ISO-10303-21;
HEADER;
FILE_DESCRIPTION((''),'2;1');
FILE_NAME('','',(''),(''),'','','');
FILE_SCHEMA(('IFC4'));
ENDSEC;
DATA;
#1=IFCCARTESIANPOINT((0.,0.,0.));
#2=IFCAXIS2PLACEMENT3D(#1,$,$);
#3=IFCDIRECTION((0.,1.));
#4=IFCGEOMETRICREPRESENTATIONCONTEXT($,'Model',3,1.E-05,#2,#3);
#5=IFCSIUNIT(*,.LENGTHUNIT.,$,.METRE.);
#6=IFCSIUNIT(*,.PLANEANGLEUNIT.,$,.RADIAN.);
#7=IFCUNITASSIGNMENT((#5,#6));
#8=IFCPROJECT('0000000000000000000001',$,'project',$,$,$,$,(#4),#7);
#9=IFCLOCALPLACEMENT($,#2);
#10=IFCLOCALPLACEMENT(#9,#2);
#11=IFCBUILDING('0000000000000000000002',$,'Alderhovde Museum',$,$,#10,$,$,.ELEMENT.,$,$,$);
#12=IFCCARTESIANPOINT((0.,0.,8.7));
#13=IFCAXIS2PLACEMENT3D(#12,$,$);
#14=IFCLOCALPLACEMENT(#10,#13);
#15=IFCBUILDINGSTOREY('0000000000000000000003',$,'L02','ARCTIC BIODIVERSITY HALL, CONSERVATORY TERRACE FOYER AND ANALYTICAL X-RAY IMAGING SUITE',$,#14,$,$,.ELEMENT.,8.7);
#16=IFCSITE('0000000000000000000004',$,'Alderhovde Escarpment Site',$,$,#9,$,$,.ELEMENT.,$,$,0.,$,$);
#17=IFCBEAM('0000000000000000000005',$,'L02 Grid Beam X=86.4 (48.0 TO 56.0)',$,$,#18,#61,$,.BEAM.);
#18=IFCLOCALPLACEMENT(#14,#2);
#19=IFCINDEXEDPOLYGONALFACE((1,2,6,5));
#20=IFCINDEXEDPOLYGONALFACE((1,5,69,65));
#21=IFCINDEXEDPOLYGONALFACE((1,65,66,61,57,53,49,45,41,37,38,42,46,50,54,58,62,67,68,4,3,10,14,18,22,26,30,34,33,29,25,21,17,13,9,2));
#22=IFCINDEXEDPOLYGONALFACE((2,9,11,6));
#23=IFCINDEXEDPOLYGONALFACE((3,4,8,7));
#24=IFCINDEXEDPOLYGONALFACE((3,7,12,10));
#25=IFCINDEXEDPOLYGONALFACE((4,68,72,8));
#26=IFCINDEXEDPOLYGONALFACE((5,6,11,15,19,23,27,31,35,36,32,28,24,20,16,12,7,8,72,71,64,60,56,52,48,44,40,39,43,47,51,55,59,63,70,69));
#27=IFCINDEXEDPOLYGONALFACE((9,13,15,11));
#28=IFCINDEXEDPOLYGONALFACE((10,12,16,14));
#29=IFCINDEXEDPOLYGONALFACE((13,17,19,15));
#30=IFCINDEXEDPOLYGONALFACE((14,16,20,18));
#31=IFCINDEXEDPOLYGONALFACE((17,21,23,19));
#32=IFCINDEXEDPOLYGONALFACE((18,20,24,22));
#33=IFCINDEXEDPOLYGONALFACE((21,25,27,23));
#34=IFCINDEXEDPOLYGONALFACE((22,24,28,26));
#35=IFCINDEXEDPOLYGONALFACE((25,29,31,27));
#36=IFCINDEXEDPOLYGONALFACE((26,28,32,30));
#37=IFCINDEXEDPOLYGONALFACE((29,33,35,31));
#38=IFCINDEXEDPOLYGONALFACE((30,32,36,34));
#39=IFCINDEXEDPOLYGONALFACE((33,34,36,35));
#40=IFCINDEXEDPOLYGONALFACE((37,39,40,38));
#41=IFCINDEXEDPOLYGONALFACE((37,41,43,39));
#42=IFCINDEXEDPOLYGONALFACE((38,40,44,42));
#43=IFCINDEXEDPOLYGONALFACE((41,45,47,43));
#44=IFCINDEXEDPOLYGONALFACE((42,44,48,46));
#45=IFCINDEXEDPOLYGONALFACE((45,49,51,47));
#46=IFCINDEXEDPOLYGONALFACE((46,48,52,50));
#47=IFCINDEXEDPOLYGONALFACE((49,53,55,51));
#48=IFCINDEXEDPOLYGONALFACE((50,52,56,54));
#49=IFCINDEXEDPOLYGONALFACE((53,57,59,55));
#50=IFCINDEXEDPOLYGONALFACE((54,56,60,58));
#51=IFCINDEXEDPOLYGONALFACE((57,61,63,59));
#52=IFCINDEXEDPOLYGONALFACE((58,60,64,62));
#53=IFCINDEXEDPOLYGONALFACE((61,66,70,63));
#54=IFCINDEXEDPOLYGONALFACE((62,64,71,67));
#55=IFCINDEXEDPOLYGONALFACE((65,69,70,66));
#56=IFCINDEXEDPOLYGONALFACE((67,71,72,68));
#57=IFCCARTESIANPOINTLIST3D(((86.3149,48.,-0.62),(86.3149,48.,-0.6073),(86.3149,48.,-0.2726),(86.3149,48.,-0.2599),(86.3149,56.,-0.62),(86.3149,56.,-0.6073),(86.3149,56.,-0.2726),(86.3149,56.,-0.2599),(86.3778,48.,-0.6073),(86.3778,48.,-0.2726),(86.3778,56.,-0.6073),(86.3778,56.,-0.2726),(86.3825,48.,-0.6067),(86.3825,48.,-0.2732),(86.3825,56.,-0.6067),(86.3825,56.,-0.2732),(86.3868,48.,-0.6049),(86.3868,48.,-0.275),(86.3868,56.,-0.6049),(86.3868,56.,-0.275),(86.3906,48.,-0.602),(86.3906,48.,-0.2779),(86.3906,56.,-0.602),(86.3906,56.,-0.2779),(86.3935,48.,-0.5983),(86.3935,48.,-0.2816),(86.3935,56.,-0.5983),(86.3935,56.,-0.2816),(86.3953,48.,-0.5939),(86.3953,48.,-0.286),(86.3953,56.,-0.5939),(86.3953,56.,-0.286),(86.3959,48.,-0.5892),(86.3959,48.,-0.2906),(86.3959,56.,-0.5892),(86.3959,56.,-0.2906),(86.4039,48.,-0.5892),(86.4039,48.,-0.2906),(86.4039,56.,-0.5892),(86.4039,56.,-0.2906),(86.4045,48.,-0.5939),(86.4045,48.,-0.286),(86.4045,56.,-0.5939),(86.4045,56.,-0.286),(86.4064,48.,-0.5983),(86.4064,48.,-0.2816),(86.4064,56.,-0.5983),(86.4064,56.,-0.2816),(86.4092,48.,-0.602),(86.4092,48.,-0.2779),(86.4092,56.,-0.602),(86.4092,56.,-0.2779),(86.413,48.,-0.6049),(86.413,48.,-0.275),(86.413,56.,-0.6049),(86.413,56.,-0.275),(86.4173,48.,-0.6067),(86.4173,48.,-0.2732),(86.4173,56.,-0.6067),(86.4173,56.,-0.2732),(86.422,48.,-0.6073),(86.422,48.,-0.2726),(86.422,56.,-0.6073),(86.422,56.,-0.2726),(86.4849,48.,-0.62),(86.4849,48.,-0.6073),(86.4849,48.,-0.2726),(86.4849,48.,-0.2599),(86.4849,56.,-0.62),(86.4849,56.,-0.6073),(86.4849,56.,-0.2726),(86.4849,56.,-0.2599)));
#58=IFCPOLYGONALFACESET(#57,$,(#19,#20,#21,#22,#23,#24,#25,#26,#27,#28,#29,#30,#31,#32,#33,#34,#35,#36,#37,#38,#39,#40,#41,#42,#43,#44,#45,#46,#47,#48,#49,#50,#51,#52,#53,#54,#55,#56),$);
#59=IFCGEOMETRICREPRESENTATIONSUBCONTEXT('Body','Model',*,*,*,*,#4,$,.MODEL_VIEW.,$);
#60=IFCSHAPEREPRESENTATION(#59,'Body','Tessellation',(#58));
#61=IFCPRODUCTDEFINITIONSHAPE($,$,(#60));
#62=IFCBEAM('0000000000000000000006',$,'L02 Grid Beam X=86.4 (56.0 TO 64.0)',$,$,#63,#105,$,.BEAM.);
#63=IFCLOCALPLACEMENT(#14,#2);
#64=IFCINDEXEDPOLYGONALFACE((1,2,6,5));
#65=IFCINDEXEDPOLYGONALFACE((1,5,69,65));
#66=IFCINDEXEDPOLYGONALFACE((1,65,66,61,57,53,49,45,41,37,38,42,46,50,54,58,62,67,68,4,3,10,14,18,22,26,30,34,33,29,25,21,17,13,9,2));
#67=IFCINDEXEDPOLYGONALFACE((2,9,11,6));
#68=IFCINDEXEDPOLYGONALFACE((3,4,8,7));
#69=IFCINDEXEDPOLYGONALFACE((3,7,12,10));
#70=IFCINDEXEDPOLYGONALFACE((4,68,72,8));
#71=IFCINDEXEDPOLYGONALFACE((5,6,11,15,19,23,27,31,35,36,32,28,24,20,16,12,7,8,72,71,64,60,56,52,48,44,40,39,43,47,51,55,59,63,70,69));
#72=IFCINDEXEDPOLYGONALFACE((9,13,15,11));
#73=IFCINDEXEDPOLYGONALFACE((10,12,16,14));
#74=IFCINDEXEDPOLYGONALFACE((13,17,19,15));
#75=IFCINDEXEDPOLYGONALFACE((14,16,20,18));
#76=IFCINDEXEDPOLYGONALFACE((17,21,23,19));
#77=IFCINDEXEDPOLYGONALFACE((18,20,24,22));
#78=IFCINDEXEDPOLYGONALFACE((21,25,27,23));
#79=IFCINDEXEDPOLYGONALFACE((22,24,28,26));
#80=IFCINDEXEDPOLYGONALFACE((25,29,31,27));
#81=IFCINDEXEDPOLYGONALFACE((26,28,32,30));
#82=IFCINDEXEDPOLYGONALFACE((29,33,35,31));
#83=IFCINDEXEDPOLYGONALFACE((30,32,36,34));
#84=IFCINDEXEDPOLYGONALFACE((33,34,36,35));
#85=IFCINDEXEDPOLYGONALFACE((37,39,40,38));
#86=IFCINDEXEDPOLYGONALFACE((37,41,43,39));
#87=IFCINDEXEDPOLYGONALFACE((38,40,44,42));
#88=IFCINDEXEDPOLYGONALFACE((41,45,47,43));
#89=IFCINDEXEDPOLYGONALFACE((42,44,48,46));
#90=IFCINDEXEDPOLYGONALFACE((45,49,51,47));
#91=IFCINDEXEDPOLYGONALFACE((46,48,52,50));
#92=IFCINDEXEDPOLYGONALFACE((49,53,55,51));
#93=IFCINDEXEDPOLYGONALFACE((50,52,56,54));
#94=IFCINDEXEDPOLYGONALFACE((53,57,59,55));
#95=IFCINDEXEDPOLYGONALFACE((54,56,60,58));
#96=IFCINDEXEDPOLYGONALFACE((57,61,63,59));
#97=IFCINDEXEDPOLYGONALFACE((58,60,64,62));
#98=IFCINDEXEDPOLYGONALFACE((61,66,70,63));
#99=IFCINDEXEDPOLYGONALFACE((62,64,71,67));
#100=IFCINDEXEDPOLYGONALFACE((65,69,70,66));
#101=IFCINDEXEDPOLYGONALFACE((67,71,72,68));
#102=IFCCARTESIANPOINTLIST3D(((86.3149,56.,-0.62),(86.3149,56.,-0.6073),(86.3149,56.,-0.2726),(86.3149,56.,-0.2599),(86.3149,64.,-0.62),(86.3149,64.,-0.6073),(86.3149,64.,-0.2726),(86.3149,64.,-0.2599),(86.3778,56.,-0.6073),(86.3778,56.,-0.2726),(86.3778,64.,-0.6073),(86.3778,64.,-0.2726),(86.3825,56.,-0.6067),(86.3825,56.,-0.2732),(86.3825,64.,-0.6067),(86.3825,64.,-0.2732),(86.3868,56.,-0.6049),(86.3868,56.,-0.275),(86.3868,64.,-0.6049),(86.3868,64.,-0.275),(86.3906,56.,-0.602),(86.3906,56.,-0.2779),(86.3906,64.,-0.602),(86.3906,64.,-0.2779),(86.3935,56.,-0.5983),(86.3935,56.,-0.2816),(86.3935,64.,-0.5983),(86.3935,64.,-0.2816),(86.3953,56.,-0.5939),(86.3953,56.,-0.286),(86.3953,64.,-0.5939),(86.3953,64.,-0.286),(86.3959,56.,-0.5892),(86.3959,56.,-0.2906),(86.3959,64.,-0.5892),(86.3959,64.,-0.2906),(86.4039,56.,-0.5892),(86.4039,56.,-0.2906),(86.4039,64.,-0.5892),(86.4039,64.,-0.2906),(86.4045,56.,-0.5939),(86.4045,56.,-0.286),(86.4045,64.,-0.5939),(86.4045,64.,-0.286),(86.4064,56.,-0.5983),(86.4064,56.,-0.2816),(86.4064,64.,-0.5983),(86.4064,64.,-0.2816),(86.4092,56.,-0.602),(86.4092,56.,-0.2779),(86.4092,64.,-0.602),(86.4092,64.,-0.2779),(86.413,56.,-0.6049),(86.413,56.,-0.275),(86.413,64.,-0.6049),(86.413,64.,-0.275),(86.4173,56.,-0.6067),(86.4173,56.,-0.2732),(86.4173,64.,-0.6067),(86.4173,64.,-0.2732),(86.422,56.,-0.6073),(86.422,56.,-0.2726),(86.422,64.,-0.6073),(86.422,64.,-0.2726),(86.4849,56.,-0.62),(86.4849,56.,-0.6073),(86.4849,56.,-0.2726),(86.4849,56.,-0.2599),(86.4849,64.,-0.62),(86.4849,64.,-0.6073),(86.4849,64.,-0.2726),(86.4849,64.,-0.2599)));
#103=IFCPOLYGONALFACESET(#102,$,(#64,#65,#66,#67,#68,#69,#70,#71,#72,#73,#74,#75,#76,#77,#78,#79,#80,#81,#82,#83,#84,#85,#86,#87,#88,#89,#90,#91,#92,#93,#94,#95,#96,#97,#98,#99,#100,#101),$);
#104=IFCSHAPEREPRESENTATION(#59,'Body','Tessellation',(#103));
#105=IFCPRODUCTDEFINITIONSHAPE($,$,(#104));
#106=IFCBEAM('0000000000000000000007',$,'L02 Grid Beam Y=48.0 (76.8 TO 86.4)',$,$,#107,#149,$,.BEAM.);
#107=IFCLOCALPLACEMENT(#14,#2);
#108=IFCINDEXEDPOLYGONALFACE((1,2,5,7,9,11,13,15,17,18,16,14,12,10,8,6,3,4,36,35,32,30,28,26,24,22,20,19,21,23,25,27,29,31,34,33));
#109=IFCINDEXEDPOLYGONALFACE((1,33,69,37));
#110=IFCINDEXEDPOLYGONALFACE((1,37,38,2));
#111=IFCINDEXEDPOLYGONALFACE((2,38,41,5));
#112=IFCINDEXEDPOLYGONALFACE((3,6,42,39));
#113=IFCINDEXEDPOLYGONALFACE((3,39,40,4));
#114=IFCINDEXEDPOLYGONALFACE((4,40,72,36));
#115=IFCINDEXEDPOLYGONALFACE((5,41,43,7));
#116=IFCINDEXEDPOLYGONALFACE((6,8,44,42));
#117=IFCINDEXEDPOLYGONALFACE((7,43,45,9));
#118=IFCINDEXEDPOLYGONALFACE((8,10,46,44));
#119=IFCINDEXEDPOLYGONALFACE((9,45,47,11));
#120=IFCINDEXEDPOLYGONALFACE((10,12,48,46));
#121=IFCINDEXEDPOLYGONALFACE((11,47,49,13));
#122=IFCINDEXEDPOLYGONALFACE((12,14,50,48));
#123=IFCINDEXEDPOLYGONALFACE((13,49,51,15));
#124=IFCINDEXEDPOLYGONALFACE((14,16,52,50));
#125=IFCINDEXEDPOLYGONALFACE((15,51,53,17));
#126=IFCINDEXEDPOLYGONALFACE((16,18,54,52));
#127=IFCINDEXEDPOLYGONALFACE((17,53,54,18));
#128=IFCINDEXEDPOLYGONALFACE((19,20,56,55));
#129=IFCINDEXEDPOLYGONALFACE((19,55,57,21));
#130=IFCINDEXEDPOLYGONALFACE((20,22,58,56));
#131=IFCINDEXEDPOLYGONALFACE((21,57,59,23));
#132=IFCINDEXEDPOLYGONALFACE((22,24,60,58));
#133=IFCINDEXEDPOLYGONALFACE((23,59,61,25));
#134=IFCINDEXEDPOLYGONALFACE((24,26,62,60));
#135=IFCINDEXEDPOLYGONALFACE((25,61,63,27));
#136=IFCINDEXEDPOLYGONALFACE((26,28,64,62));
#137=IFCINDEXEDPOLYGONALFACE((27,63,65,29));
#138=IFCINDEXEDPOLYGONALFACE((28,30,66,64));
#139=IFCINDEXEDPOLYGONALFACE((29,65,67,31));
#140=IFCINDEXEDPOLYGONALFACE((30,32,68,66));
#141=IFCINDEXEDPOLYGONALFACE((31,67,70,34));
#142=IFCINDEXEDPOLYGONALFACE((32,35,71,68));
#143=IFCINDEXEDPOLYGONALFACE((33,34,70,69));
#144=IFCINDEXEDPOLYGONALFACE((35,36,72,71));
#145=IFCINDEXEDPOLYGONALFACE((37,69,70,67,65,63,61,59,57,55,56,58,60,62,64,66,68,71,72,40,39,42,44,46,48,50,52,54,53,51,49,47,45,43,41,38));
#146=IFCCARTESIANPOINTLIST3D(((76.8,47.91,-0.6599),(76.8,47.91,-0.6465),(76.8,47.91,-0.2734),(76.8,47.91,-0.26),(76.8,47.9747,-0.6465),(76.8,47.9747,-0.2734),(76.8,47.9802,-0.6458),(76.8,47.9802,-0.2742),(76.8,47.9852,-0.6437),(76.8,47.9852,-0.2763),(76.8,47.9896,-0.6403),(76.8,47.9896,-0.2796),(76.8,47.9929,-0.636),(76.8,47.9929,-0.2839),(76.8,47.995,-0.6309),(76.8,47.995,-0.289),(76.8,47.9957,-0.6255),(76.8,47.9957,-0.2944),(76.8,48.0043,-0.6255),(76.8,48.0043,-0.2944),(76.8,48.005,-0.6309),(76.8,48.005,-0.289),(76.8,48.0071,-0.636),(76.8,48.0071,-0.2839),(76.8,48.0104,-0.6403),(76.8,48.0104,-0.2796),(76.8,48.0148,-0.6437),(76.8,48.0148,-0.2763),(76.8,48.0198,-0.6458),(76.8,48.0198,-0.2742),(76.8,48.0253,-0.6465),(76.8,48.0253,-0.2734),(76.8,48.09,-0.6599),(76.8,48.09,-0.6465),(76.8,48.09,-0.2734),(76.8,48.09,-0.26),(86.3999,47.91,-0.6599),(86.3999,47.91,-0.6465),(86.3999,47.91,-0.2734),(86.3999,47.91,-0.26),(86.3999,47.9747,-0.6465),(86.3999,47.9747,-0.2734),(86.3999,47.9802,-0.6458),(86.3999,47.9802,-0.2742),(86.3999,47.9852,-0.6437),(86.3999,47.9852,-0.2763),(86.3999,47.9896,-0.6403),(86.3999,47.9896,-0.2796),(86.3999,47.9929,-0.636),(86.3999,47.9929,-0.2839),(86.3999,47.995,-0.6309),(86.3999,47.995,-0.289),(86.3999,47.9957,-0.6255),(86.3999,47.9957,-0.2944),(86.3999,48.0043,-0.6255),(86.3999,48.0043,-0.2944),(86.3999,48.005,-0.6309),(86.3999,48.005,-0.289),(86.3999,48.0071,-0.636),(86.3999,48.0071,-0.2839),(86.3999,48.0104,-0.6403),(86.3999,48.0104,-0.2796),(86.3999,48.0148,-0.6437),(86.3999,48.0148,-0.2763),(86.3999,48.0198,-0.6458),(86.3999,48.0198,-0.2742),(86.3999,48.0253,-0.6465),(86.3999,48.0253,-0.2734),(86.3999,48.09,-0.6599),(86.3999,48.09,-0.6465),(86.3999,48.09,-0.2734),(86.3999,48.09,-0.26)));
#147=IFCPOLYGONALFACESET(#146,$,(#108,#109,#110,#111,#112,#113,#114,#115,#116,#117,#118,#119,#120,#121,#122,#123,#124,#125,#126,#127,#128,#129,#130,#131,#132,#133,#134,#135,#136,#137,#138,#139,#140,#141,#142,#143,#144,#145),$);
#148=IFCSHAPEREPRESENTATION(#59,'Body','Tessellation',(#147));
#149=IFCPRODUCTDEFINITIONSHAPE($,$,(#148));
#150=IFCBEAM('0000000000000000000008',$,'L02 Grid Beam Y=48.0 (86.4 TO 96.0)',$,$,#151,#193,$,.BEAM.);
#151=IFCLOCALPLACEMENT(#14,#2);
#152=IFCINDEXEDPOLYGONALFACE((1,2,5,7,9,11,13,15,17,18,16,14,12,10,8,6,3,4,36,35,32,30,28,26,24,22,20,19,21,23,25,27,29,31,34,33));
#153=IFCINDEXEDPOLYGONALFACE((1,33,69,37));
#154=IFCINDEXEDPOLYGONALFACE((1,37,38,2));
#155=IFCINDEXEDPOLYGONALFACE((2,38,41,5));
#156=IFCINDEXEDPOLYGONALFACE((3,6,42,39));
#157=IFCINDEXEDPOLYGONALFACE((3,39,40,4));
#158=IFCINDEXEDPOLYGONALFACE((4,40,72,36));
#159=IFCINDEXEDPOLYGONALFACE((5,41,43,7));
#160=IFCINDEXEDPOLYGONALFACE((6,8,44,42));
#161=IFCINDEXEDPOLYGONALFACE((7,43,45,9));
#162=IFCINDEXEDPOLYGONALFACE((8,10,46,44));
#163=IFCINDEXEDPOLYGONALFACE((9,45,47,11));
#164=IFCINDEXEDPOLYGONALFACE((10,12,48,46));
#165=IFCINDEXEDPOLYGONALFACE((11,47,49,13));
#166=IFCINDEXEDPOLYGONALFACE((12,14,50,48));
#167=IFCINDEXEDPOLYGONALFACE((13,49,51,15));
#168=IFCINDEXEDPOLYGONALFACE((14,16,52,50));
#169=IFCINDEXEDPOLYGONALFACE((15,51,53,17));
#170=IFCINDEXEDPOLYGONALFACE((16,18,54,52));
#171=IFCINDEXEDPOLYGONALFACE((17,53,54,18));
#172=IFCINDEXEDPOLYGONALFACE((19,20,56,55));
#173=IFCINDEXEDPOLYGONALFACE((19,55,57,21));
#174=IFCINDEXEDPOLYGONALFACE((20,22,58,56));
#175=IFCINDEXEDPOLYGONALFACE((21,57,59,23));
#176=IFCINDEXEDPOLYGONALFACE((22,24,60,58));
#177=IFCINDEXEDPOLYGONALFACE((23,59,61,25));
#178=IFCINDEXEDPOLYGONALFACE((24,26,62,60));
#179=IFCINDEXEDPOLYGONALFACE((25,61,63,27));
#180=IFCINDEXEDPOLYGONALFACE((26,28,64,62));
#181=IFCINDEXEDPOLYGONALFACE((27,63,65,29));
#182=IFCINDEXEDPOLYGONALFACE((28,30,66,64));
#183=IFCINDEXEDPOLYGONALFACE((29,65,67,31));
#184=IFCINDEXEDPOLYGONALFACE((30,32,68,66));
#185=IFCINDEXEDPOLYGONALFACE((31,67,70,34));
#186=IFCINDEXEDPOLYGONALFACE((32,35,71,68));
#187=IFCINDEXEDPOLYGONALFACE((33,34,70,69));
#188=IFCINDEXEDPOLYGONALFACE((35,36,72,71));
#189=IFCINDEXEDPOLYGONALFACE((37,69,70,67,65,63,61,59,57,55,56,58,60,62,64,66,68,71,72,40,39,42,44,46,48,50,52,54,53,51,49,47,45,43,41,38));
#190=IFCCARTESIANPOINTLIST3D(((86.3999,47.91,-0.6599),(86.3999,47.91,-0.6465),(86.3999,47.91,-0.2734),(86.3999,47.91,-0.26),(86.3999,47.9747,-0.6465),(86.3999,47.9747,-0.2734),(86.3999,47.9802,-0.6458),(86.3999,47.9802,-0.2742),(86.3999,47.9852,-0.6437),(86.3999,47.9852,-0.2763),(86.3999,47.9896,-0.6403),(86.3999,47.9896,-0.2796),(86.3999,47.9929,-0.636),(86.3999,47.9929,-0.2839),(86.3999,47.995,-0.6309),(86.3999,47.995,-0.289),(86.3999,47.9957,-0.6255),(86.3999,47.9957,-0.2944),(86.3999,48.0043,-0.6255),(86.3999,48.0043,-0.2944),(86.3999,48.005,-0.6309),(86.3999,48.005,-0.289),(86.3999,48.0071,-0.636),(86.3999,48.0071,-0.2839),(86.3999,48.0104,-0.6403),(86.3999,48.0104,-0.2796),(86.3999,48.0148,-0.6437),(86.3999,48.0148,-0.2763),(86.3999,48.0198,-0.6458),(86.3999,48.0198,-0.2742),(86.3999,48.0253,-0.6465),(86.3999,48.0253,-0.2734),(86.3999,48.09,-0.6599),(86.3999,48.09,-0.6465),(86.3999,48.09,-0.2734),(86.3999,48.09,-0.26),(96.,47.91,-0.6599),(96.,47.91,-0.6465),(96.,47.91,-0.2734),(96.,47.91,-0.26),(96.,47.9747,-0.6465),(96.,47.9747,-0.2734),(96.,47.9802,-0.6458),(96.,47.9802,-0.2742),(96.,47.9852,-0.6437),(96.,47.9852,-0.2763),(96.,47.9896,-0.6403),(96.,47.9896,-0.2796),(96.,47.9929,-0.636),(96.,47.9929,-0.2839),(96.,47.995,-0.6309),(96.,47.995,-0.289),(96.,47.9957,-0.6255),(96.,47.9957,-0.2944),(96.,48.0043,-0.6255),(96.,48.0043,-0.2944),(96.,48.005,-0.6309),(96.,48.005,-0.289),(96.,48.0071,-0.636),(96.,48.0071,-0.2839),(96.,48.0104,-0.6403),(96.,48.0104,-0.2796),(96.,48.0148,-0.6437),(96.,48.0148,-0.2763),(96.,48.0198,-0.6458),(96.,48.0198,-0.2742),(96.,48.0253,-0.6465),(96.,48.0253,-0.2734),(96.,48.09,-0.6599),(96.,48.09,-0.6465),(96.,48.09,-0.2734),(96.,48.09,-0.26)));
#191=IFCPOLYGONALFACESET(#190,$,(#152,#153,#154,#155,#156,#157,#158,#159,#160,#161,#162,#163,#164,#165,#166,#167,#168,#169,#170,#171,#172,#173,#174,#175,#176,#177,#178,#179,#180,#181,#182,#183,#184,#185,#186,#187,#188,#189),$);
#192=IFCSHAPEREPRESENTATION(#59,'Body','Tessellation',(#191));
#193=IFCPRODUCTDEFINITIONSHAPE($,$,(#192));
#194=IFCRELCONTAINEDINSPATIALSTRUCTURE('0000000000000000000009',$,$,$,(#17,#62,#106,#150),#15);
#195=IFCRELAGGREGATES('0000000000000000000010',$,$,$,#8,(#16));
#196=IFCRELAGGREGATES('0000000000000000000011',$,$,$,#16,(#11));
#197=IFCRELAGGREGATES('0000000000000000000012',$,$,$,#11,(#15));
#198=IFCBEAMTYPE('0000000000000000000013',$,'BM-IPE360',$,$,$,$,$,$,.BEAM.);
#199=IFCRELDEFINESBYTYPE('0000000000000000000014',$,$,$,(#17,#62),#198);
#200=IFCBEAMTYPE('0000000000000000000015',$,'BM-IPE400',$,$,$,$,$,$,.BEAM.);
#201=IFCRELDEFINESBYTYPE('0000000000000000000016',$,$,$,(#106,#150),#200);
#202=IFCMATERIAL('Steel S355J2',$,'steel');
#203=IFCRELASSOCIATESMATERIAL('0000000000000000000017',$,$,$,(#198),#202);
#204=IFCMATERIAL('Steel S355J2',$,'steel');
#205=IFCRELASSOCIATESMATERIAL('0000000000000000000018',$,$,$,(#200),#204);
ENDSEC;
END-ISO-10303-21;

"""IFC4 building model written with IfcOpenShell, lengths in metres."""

from ifc_helpers import new_model, si_unit, direction, frame, origin, origin_2d, place, context, subcontext, project, spatial, i_section, extrude, material, material_profile, profile_set, type_object, element, save


model = new_model("IFC4")

# Units and contexts
model_context = context("Model", 3, precision=1e-05, world=origin(), true_north=direction((0.0, 1.0)))
body_context = subcontext(model_context, "Body", "Model", "MODEL_VIEW")
ifc_project = project(units=[si_unit("LENGTHUNIT", "METRE"), si_unit("PLANEANGLEUNIT", "RADIAN")], contexts=[model_context])

# Site, building, storey
site_placement = place(None, origin())
site = spatial("IfcSite", under=ifc_project, at=site_placement, Name="Alderhovde Escarpment Site", CompositionType="ELEMENT", RefElevation=0.0)
building_placement = place(site_placement, origin())
building = spatial("IfcBuilding", under=site, at=building_placement, Name="Alderhovde Museum", CompositionType="ELEMENT")
storey_placement = place(building_placement, frame((0.0, 0.0, 8.7)))
storey = spatial("IfcBuildingStorey", under=building, at=storey_placement, Name="L02", Description="ARCTIC BIODIVERSITY HALL, CONSERVATORY TERRACE FOYER AND ANALYTICAL X-RAY IMAGING SUITE", CompositionType="ELEMENT", Elevation=8.7)

# Beams
ifc_material_1 = material(Name="Steel S355J2", Category="steel")
ifc_material_profile_1 = material_profile(ifc_material_1, i_section(OverallWidth=0.1699, OverallDepth=0.3601, WebThickness=0.0081, FlangeThickness=0.0127, FilletRadius=0.0181, at=origin_2d()), Name="IPE 360")
ifc_profile_set_1 = profile_set([ifc_material_profile_1], Name="Steel S355J2")
beam_type_1 = type_object("IfcBeamType", Name="BM-IPE360", PredefinedType="BEAM", material=ifc_profile_set_1)
for number, where, z_axis, x_axis, name in (
    (1, (86.3999, 48.0, -0.4399), (0.0, 1.0, 0.0), (-1.0, 0.0, 0.0), "L02 Grid Beam X=86.4 (48.0 TO 56.0)"),
    (2, (86.3999, 56.0, -0.4399), (0.0, 1.0, 0.0), (-1.0, 0.0, 0.0), "L02 Grid Beam X=86.4 (56.0 TO 64.0)"),
):
    element("IfcBeam", number, at=place(storey_placement, frame(where, z_axis=z_axis, x_axis=x_axis)), inside=storey, type_object=beam_type_1, Name=name, PredefinedType="BEAM", context=body_context, shape_type="SweptSolid", body=[
        extrude(i_section(OverallWidth=0.1699, OverallDepth=0.3601, WebThickness=0.0081, FlangeThickness=0.0127, FilletRadius=0.0181, at=origin_2d()), origin(), (0.0, 0.0, 1.0), 8.0),
    ])
ifc_material_2 = material(Name="Steel S355J2", Category="steel")
ifc_material_profile_2 = material_profile(ifc_material_2, i_section(OverallWidth=0.1799, OverallDepth=0.3999, WebThickness=0.0085, FlangeThickness=0.0134, FilletRadius=0.021, at=origin_2d()), Name="IPE 400")
ifc_profile_set_2 = profile_set([ifc_material_profile_2], Name="Steel S355J2")
beam_type_2 = type_object("IfcBeamType", Name="BM-IPE400", PredefinedType="BEAM", material=ifc_profile_set_2)
beam_1_placement = place(storey_placement, frame((76.8, 48.0, -0.46), z_axis=(1.0, 0.0, 0.0), x_axis=(0.0, 1.0, 0.0)))
element("IfcBeam", 3, at=beam_1_placement, inside=storey, type_object=beam_type_2, Name="L02 Grid Beam Y=48.0 (76.8 TO 86.4)", PredefinedType="BEAM", context=body_context, shape_type="SweptSolid", body=[
    extrude(i_section(OverallWidth=0.1799, OverallDepth=0.3999, WebThickness=0.0085, FlangeThickness=0.0134, FilletRadius=0.021, at=origin_2d()), origin(), (0.0, 0.0, 1.0), 9.5999),
])
beam_2_placement = place(storey_placement, frame((86.3999, 48.0, -0.46), z_axis=(1.0, 0.0, 0.0), x_axis=(0.0, 1.0, 0.0)))
element("IfcBeam", 4, at=beam_2_placement, inside=storey, type_object=beam_type_2, Name="L02 Grid Beam Y=48.0 (86.4 TO 96.0)", PredefinedType="BEAM", context=body_context, shape_type="SweptSolid", body=[
    extrude(i_section(OverallWidth=0.1799, OverallDepth=0.3999, WebThickness=0.0085, FlangeThickness=0.0134, FilletRadius=0.021, at=origin_2d()), origin(), (0.0, 0.0, 1.0), 9.6001),
])

save(model, "model.ifc")
